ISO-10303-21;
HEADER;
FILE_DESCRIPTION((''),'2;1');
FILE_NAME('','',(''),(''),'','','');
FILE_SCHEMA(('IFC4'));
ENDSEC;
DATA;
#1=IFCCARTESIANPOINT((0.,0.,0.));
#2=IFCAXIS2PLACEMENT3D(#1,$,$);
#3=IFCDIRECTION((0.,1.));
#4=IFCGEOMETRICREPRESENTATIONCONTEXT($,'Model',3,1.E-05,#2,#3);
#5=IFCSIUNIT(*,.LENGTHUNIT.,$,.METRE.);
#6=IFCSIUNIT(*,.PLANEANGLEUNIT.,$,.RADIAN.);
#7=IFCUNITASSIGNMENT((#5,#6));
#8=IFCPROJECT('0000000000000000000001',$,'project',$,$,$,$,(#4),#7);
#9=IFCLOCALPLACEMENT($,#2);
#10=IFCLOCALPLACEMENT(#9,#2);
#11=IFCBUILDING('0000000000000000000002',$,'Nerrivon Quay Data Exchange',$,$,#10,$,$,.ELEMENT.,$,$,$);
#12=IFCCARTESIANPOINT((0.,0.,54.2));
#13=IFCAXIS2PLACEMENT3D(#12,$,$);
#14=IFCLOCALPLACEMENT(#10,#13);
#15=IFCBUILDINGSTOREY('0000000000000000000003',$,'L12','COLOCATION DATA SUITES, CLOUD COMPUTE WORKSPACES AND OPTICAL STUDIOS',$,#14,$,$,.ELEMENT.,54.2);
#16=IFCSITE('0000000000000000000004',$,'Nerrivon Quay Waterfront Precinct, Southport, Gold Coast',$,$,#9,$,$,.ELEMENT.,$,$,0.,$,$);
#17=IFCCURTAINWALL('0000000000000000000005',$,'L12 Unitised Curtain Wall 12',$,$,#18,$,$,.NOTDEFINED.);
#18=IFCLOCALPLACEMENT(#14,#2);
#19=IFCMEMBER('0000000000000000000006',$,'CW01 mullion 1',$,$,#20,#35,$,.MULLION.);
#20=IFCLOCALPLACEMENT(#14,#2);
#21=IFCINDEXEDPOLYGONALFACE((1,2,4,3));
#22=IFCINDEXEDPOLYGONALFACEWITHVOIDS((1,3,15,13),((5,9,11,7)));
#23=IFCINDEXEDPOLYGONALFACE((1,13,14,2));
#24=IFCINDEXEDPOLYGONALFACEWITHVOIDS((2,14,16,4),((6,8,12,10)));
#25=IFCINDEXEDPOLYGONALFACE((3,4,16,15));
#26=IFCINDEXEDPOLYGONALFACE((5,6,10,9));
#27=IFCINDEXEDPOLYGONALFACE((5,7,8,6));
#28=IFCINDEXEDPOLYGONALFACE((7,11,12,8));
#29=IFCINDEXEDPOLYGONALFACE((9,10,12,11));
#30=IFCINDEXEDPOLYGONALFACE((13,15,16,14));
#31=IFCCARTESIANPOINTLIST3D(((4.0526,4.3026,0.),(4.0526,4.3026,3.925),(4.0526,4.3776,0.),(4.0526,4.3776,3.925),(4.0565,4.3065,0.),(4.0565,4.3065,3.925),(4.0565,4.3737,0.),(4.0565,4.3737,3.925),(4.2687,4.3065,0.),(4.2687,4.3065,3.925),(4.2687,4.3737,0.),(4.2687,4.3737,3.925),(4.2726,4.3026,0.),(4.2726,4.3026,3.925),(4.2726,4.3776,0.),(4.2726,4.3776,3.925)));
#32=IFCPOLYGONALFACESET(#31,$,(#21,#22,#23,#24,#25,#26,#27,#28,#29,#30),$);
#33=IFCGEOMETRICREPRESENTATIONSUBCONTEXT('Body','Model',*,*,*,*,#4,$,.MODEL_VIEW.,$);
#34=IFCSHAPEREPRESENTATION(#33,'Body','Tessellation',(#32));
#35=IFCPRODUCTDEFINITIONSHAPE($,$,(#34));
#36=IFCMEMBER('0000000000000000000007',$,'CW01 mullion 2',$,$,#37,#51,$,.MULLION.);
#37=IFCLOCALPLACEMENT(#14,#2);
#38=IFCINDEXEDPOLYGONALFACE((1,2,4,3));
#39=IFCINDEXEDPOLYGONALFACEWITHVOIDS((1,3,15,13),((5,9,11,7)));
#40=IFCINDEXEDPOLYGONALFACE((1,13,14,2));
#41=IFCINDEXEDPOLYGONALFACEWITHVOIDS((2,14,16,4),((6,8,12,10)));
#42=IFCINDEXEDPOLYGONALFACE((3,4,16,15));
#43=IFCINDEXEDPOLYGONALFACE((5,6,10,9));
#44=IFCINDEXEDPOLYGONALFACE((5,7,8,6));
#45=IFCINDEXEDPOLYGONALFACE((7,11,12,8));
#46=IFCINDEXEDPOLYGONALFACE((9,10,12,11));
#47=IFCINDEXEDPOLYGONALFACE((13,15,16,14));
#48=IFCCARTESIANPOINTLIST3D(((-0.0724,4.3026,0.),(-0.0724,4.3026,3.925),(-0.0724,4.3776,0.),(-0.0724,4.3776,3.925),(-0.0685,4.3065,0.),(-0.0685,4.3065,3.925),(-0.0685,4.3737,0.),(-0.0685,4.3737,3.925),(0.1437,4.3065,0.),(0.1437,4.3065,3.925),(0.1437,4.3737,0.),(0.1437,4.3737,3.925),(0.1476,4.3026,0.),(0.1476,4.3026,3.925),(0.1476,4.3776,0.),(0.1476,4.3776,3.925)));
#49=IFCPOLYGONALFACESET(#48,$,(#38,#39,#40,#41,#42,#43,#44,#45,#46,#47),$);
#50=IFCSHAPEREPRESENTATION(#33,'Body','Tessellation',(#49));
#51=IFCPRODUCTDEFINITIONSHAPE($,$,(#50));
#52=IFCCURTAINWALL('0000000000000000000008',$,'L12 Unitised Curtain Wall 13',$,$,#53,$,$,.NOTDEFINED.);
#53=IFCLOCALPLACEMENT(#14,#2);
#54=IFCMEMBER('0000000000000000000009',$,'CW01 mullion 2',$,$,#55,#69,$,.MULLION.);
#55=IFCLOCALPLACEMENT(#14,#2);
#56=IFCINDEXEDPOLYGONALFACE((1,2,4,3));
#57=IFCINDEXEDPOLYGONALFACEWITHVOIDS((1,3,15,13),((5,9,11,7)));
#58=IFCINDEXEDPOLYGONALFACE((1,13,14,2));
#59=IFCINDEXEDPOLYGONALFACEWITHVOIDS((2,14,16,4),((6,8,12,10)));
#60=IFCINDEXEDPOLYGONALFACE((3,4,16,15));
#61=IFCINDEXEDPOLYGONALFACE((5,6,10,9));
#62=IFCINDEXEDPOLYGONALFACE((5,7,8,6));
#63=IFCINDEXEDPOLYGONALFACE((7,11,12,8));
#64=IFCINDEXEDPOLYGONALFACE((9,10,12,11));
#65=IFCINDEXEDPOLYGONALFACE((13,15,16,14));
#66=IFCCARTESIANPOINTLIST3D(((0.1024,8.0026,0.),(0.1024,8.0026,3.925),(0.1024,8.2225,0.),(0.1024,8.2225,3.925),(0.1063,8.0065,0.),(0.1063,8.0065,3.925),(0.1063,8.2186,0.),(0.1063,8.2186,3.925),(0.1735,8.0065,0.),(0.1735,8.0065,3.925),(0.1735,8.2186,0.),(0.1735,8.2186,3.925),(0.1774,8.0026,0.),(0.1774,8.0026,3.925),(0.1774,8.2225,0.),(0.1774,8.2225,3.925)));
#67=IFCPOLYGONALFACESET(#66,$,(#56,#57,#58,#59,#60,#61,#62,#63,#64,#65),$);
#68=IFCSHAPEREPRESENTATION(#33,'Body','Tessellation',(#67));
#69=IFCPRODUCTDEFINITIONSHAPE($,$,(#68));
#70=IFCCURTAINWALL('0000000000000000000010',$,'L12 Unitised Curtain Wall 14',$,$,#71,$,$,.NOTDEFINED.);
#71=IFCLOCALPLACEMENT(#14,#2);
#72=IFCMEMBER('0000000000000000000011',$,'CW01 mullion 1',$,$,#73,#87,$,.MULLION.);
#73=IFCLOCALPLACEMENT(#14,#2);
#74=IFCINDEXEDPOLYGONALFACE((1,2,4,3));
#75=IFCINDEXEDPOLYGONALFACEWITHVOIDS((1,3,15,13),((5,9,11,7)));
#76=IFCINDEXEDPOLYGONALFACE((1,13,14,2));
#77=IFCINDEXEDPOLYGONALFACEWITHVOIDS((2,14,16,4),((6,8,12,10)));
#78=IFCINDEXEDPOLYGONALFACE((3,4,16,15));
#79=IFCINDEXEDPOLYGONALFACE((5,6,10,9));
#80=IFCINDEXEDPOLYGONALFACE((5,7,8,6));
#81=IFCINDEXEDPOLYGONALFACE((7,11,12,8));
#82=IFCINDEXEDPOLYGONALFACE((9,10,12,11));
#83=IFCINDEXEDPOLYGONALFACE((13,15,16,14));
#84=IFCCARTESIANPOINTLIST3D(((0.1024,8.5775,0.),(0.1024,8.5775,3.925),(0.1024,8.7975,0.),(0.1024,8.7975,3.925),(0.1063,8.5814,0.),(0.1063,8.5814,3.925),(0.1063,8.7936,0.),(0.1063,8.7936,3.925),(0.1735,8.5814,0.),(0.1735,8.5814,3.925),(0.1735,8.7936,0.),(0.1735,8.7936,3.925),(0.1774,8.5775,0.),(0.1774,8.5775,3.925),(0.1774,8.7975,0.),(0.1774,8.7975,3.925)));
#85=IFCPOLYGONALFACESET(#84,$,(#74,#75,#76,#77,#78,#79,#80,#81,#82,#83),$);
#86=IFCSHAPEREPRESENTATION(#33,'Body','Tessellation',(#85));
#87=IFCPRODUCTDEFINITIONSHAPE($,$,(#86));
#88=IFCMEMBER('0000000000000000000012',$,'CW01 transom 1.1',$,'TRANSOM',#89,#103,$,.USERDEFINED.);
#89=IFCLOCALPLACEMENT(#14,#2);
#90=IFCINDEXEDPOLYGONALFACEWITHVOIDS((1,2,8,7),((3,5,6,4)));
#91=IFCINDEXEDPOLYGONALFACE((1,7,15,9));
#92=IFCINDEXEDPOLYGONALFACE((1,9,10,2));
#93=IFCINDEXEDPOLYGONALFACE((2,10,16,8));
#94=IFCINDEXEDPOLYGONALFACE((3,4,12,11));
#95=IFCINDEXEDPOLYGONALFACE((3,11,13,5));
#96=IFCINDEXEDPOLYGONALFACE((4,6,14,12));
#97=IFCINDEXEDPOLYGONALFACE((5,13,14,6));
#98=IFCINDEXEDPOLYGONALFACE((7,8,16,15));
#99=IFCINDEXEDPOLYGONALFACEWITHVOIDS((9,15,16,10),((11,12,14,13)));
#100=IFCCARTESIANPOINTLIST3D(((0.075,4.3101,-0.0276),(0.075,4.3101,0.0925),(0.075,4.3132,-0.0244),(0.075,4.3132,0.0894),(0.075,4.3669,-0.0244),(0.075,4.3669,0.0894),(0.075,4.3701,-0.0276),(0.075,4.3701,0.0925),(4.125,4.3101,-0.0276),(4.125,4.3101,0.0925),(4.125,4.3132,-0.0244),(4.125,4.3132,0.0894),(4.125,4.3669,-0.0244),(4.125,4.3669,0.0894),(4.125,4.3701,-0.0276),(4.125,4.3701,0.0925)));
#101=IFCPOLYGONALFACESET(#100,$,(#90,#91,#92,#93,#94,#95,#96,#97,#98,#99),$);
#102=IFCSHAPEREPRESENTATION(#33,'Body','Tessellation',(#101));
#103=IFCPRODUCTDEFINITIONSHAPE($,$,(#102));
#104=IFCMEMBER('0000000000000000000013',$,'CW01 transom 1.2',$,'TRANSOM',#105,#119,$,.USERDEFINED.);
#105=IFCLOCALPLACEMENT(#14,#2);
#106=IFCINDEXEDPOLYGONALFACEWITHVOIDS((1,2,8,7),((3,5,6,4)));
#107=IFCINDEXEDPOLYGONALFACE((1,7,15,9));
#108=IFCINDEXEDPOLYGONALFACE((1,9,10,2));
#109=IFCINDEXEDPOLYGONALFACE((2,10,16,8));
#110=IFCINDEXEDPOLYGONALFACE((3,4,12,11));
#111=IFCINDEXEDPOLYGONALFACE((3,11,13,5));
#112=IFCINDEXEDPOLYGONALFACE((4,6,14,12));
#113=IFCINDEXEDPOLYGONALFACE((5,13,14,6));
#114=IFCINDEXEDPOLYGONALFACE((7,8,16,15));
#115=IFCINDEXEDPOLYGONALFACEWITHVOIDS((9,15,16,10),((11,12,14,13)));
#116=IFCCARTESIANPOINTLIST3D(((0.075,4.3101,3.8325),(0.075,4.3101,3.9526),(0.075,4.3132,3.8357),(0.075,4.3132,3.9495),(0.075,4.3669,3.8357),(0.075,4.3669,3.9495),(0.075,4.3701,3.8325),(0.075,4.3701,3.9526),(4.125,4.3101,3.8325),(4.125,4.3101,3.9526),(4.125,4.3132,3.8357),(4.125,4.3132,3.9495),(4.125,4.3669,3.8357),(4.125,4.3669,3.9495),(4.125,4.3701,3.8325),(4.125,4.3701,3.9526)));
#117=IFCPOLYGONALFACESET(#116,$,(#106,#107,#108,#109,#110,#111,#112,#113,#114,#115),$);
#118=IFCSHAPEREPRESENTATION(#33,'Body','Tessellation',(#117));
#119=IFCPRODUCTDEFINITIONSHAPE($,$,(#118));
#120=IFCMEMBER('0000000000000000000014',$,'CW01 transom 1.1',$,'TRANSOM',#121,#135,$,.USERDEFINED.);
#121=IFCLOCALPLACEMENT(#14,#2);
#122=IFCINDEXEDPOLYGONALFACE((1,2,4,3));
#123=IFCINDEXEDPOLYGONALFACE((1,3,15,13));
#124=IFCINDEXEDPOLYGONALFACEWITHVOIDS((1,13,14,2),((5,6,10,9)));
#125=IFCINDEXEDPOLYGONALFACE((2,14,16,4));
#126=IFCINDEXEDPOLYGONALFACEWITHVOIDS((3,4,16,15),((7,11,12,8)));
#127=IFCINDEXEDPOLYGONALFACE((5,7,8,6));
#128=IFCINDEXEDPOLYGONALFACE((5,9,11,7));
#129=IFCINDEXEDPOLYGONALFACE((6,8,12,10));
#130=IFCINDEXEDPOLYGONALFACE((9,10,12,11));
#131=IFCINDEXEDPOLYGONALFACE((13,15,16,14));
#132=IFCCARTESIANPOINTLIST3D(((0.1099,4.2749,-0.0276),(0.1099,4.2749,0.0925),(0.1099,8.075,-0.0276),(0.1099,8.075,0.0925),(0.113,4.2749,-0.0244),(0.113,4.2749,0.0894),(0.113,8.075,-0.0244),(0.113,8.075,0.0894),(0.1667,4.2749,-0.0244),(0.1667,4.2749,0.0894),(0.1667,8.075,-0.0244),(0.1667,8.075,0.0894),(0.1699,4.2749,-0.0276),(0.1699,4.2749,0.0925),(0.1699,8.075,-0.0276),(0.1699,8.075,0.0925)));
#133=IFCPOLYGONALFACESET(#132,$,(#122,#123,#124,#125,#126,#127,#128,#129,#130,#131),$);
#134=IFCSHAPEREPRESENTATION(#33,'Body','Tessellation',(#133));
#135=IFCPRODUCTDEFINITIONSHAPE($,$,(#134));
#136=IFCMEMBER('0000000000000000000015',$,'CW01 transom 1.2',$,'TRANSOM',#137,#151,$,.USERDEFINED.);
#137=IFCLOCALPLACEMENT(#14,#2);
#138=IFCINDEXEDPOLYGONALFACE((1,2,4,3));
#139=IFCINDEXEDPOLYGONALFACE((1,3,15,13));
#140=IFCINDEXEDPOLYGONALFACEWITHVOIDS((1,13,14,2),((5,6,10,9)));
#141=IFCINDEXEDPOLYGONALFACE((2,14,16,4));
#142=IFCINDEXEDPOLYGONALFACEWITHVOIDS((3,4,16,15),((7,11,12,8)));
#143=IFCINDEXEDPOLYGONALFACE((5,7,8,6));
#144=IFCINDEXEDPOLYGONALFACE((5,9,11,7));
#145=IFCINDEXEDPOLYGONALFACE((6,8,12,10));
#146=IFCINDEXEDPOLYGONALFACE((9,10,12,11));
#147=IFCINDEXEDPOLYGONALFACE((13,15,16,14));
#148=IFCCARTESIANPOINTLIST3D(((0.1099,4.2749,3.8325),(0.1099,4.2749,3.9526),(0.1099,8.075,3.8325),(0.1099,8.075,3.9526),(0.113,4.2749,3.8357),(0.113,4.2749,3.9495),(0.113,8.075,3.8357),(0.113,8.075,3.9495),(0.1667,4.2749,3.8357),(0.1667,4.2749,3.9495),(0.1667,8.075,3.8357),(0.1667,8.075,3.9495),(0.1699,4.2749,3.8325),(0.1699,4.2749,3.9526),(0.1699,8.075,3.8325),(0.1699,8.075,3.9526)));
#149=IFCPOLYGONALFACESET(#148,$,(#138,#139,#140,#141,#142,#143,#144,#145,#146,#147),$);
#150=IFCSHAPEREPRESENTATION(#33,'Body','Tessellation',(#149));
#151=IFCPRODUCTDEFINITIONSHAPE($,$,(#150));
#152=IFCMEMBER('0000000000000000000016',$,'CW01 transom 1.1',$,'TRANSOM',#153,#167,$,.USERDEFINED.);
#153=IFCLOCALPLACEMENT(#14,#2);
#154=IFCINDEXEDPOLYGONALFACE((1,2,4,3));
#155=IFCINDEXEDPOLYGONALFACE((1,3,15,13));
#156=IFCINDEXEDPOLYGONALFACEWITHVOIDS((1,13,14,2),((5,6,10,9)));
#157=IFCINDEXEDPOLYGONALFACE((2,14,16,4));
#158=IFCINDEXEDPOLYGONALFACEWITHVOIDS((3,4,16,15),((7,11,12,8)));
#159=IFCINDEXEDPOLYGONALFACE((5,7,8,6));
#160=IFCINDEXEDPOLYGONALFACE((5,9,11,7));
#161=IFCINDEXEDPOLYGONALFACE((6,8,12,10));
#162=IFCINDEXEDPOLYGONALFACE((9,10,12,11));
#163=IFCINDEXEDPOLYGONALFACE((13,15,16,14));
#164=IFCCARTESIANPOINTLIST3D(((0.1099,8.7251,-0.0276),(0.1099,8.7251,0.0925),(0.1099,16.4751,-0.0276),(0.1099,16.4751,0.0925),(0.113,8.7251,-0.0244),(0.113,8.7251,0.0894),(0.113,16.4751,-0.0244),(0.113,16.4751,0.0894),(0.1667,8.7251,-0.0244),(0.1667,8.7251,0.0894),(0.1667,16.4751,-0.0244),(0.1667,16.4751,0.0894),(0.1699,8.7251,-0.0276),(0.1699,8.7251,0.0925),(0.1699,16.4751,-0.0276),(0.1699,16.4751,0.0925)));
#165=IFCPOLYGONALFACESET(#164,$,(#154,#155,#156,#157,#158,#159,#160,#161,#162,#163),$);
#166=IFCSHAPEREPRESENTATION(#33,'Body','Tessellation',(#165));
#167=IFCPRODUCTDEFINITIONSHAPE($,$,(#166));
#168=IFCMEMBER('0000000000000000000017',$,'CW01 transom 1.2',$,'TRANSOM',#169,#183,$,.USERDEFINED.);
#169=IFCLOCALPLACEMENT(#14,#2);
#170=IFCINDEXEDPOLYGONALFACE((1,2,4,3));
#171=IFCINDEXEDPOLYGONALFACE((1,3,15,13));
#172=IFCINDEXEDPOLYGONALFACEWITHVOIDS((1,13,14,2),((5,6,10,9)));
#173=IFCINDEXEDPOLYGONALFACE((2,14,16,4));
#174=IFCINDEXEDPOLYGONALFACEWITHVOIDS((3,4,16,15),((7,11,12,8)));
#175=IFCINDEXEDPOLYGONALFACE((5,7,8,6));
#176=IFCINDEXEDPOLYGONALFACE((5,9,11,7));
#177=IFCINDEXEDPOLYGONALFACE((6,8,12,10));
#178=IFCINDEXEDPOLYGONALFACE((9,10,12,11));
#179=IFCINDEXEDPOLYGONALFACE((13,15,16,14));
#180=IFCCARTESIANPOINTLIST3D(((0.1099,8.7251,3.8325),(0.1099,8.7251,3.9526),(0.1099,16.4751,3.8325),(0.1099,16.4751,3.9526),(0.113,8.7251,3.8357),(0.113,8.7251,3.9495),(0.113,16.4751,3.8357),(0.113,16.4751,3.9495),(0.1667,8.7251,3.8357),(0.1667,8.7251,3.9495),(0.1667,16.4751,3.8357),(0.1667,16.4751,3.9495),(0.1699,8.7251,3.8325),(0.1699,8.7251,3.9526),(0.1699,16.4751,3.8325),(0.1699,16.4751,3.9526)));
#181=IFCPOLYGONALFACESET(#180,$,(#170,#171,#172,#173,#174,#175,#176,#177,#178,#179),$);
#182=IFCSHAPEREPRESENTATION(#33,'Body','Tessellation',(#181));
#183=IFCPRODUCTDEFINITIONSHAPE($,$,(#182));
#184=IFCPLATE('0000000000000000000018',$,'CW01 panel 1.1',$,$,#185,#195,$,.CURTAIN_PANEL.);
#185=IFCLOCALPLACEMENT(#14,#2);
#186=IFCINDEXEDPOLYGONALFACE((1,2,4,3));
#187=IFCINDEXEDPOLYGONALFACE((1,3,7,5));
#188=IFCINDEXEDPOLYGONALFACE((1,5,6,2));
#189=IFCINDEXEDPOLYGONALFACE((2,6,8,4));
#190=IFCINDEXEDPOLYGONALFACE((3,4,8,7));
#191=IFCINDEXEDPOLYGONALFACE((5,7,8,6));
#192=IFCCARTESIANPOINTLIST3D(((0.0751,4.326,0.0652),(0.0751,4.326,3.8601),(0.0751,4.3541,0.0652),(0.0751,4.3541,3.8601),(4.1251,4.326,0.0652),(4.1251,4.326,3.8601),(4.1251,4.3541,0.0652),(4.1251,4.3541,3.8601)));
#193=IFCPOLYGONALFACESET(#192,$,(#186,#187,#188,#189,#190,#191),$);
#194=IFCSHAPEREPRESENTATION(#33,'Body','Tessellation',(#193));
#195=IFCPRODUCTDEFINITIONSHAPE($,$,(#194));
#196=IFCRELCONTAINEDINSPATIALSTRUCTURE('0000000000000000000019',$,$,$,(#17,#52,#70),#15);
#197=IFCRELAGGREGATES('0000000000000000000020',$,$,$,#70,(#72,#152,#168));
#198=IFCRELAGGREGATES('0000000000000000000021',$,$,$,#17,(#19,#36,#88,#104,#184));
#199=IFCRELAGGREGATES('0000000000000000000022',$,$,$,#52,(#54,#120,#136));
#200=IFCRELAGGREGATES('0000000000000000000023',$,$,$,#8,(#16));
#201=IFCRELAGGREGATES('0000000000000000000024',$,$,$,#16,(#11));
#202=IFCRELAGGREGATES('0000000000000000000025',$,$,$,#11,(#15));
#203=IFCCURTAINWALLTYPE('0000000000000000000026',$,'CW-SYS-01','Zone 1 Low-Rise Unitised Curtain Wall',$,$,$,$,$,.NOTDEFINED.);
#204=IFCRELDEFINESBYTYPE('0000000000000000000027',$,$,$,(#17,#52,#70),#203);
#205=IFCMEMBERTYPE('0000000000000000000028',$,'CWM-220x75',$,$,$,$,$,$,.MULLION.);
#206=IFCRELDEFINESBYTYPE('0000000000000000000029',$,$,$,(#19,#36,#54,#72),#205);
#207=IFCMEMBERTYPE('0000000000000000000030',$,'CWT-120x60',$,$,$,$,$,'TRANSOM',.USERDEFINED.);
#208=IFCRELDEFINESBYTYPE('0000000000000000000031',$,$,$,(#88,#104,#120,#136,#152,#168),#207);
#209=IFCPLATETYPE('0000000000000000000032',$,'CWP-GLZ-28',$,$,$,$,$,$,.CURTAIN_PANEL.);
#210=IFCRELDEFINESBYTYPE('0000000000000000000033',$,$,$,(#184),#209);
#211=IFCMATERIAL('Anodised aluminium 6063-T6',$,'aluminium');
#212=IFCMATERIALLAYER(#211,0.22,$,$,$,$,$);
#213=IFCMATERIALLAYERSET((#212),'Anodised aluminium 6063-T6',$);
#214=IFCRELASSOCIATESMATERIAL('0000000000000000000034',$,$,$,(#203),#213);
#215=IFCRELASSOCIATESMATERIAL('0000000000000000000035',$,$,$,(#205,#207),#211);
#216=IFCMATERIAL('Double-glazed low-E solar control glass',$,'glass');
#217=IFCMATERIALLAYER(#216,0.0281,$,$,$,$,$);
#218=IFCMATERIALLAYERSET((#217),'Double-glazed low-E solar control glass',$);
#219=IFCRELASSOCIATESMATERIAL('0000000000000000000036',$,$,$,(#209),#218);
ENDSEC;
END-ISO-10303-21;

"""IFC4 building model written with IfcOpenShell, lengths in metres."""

from ifc_helpers import new_model, si_unit, direction, frame, origin, origin_2d, place, context, subcontext, project, spatial, rectangle, hollow_rectangle, extrude, material, layer, layer_set, material_profile, profile_set, type_object, element, aggregate, save


model = new_model("IFC4")

# Units and contexts
model_context = context("Model", 3, precision=1e-05, world=origin(), true_north=direction((0.0, 1.0)))
body_context = subcontext(model_context, "Body", "Model", "MODEL_VIEW")
ifc_project = project(units=[si_unit("LENGTHUNIT", "METRE"), si_unit("PLANEANGLEUNIT", "RADIAN")], contexts=[model_context])

# Site, building, storey
site_placement = place(None, origin())
site = spatial("IfcSite", under=ifc_project, at=site_placement, Name="Nerrivon Quay Waterfront Precinct, Southport, Gold Coast", CompositionType="ELEMENT", RefElevation=0.0)
building_placement = place(site_placement, origin())
building = spatial("IfcBuilding", under=site, at=building_placement, Name="Nerrivon Quay Data Exchange", CompositionType="ELEMENT")
storey_placement = place(building_placement, frame((0.0, 0.0, 54.2)))
storey = spatial("IfcBuildingStorey", under=building, at=storey_placement, Name="L12", Description="COLOCATION DATA SUITES, CLOUD COMPUTE WORKSPACES AND OPTICAL STUDIOS", CompositionType="ELEMENT", Elevation=54.2)

# Curtain wall, members
ifc_material_1 = material(Name="Anodised aluminium 6063-T6", Category="aluminium")
ifc_layer_1 = layer(ifc_material_1, 0.22)
ifc_layer_set_1 = layer_set([ifc_layer_1], Name="Anodised aluminium 6063-T6")
curtain_wall_type = type_object("IfcCurtainWallType", Name="CW-SYS-01", Description="Zone 1 Low-Rise Unitised Curtain Wall", PredefinedType="NOTDEFINED", material=ifc_layer_set_1)
curtain_wall_1_placement = place(storey_placement, origin())
curtain_wall_1 = element("IfcCurtainWall", 1, at=curtain_wall_1_placement, inside=storey, type_object=curtain_wall_type, Name="L12 Unitised Curtain Wall 12", PredefinedType="NOTDEFINED")
ifc_material_profile_1 = material_profile(ifc_material_1, hollow_rectangle(XDim=0.075, YDim=0.22, WallThickness=0.0039, at=origin_2d()), Name="ALU-MULL-220x75")
ifc_profile_set_1 = profile_set([ifc_material_profile_1], Name="Anodised aluminium 6063-T6")
member_type_1 = type_object("IfcMemberType", Name="CWM-220x75", PredefinedType="MULLION", material=ifc_profile_set_1)
member_1_placement = place(storey_placement, frame((4.1626, 4.3401, 0.0), z_axis=(0.0, 0.0, 1.0), x_axis=(0.0, -1.0, 0.0)))
member_1 = element("IfcMember", 2, at=member_1_placement, type_object=member_type_1, Name="CW01 mullion 1", PredefinedType="MULLION", context=body_context, shape_type="SweptSolid", body=[
    extrude(hollow_rectangle(XDim=0.075, YDim=0.22, WallThickness=0.0039, at=origin_2d()), origin(), (0.0, 0.0, 1.0), 3.925),
])
member_2_placement = place(storey_placement, frame((0.0376, 4.3401, 0.0), z_axis=(0.0, 0.0, 1.0), x_axis=(0.0, -1.0, 0.0)))
member_2 = element("IfcMember", 3, at=member_2_placement, type_object=member_type_1, Name="CW01 mullion 2", PredefinedType="MULLION", context=body_context, shape_type="SweptSolid", body=[
    extrude(hollow_rectangle(XDim=0.075, YDim=0.22, WallThickness=0.0039, at=origin_2d()), origin(), (0.0, 0.0, 1.0), 3.925),
])

# Curtain walls, members
curtain_wall_2_placement = place(storey_placement, origin())
curtain_wall_2 = element("IfcCurtainWall", 4, at=curtain_wall_2_placement, inside=storey, type_object=curtain_wall_type, Name="L12 Unitised Curtain Wall 13", PredefinedType="NOTDEFINED")
member_3_placement = place(storey_placement, frame((0.1399, 8.1125, 0.0), z_axis=(0.0, 0.0, 1.0), x_axis=(-1.0, 0.0, 0.0)))
member_3 = element("IfcMember", 5, at=member_3_placement, type_object=member_type_1, Name="CW01 mullion 2", PredefinedType="MULLION", context=body_context, shape_type="SweptSolid", body=[
    extrude(hollow_rectangle(XDim=0.075, YDim=0.22, WallThickness=0.0039, at=origin_2d()), origin(), (0.0, 0.0, 1.0), 3.925),
])
curtain_wall_3_placement = place(storey_placement, origin())
curtain_wall_3 = element("IfcCurtainWall", 6, at=curtain_wall_3_placement, inside=storey, type_object=curtain_wall_type, Name="L12 Unitised Curtain Wall 14", PredefinedType="NOTDEFINED")
member_4_placement = place(storey_placement, frame((0.1399, 8.6875, 0.0), z_axis=(0.0, 0.0, 1.0), x_axis=(-1.0, 0.0, 0.0)))
member_4 = element("IfcMember", 7, at=member_4_placement, type_object=member_type_1, Name="CW01 mullion 1", PredefinedType="MULLION", context=body_context, shape_type="SweptSolid", body=[
    extrude(hollow_rectangle(XDim=0.075, YDim=0.22, WallThickness=0.0039, at=origin_2d()), origin(), (0.0, 0.0, 1.0), 3.925),
])

# Members
ifc_material_profile_2 = material_profile(ifc_material_1, hollow_rectangle(XDim=0.0601, YDim=0.1201, WallThickness=0.0032, at=origin_2d()), Name="ALU-TRAN-120x60")
ifc_profile_set_2 = profile_set([ifc_material_profile_2], Name="Anodised aluminium 6063-T6")
member_type_2 = type_object("IfcMemberType", Name="CWT-120x60", ElementType="TRANSOM", PredefinedType="USERDEFINED", material=ifc_profile_set_2)
member_5_placement = place(storey_placement, frame((4.125, 4.3401, 0.0325), z_axis=(-1.0, 0.0, 0.0), x_axis=(0.0, -1.0, 0.0)))
member_5 = element("IfcMember", 8, at=member_5_placement, type_object=member_type_2, Name="CW01 transom 1.1", ObjectType="TRANSOM", PredefinedType="USERDEFINED", context=body_context, shape_type="SweptSolid", body=[
    extrude(hollow_rectangle(XDim=0.0601, YDim=0.1201, WallThickness=0.0032, at=origin_2d()), origin(), (0.0, 0.0, 1.0), 4.05),
])
member_6_placement = place(storey_placement, frame((4.125, 4.3401, 3.8926), z_axis=(-1.0, 0.0, 0.0), x_axis=(0.0, -1.0, 0.0)))
member_6 = element("IfcMember", 9, at=member_6_placement, type_object=member_type_2, Name="CW01 transom 1.2", ObjectType="TRANSOM", PredefinedType="USERDEFINED", context=body_context, shape_type="SweptSolid", body=[
    extrude(hollow_rectangle(XDim=0.0601, YDim=0.1201, WallThickness=0.0032, at=origin_2d()), origin(), (0.0, 0.0, 1.0), 4.05),
])
member_7_placement = place(storey_placement, frame((0.1399, 4.2749, 0.0325), z_axis=(0.0, 1.0, 0.0), x_axis=(-1.0, 0.0, 0.0)))
member_7 = element("IfcMember", 10, at=member_7_placement, type_object=member_type_2, Name="CW01 transom 1.1", ObjectType="TRANSOM", PredefinedType="USERDEFINED", context=body_context, shape_type="SweptSolid", body=[
    extrude(hollow_rectangle(XDim=0.0601, YDim=0.1201, WallThickness=0.0032, at=origin_2d()), origin(), (0.0, 0.0, 1.0), 3.8),
])
member_8_placement = place(storey_placement, frame((0.1399, 4.2749, 3.8926), z_axis=(0.0, 1.0, 0.0), x_axis=(-1.0, 0.0, 0.0)))
member_8 = element("IfcMember", 11, at=member_8_placement, type_object=member_type_2, Name="CW01 transom 1.2", ObjectType="TRANSOM", PredefinedType="USERDEFINED", context=body_context, shape_type="SweptSolid", body=[
    extrude(hollow_rectangle(XDim=0.0601, YDim=0.1201, WallThickness=0.0032, at=origin_2d()), origin(), (0.0, 0.0, 1.0), 3.8),
])
member_9_placement = place(storey_placement, frame((0.1399, 8.7251, 0.0325), z_axis=(0.0, 1.0, 0.0), x_axis=(-1.0, 0.0, 0.0)))
member_9 = element("IfcMember", 12, at=member_9_placement, type_object=member_type_2, Name="CW01 transom 1.1", ObjectType="TRANSOM", PredefinedType="USERDEFINED", context=body_context, shape_type="SweptSolid", body=[
    extrude(hollow_rectangle(XDim=0.0601, YDim=0.1201, WallThickness=0.0032, at=origin_2d()), origin(), (0.0, 0.0, 1.0), 7.75),
])
member_10_placement = place(storey_placement, frame((0.1399, 8.7251, 3.8926), z_axis=(0.0, 1.0, 0.0), x_axis=(-1.0, 0.0, 0.0)))
member_10 = element("IfcMember", 13, at=member_10_placement, type_object=member_type_2, Name="CW01 transom 1.2", ObjectType="TRANSOM", PredefinedType="USERDEFINED", context=body_context, shape_type="SweptSolid", body=[
    extrude(hollow_rectangle(XDim=0.0601, YDim=0.1201, WallThickness=0.0032, at=origin_2d()), origin(), (0.0, 0.0, 1.0), 7.75),
])
aggregate(curtain_wall_3, [member_4, member_9, member_10])

# Plate
ifc_material_2 = material(Name="Double-glazed low-E solar control glass", Category="glass")
ifc_layer_2 = layer(ifc_material_2, 0.0281)
ifc_layer_set_2 = layer_set([ifc_layer_2], Name="Double-glazed low-E solar control glass")
plate_type = type_object("IfcPlateType", Name="CWP-GLZ-28", PredefinedType="CURTAIN_PANEL", material=ifc_layer_set_2)
plate_1_placement = place(storey_placement, frame((2.1001, 4.3401, 0.0652), z_axis=(0.0, 0.0, 1.0), x_axis=(-1.0, 0.0, 0.0)))
plate_1 = element("IfcPlate", 14, at=plate_1_placement, type_object=plate_type, Name="CW01 panel 1.1", PredefinedType="CURTAIN_PANEL", context=body_context, shape_type="SweptSolid", body=[
    extrude(rectangle(XDim=4.05, YDim=0.0281, at=origin_2d()), origin(), (0.0, 0.0, 1.0), 3.7949),
])
aggregate(curtain_wall_1, [member_1, member_2, member_5, member_6, plate_1])
aggregate(curtain_wall_2, [member_3, member_7, member_8])

save(model, "model.ifc")
